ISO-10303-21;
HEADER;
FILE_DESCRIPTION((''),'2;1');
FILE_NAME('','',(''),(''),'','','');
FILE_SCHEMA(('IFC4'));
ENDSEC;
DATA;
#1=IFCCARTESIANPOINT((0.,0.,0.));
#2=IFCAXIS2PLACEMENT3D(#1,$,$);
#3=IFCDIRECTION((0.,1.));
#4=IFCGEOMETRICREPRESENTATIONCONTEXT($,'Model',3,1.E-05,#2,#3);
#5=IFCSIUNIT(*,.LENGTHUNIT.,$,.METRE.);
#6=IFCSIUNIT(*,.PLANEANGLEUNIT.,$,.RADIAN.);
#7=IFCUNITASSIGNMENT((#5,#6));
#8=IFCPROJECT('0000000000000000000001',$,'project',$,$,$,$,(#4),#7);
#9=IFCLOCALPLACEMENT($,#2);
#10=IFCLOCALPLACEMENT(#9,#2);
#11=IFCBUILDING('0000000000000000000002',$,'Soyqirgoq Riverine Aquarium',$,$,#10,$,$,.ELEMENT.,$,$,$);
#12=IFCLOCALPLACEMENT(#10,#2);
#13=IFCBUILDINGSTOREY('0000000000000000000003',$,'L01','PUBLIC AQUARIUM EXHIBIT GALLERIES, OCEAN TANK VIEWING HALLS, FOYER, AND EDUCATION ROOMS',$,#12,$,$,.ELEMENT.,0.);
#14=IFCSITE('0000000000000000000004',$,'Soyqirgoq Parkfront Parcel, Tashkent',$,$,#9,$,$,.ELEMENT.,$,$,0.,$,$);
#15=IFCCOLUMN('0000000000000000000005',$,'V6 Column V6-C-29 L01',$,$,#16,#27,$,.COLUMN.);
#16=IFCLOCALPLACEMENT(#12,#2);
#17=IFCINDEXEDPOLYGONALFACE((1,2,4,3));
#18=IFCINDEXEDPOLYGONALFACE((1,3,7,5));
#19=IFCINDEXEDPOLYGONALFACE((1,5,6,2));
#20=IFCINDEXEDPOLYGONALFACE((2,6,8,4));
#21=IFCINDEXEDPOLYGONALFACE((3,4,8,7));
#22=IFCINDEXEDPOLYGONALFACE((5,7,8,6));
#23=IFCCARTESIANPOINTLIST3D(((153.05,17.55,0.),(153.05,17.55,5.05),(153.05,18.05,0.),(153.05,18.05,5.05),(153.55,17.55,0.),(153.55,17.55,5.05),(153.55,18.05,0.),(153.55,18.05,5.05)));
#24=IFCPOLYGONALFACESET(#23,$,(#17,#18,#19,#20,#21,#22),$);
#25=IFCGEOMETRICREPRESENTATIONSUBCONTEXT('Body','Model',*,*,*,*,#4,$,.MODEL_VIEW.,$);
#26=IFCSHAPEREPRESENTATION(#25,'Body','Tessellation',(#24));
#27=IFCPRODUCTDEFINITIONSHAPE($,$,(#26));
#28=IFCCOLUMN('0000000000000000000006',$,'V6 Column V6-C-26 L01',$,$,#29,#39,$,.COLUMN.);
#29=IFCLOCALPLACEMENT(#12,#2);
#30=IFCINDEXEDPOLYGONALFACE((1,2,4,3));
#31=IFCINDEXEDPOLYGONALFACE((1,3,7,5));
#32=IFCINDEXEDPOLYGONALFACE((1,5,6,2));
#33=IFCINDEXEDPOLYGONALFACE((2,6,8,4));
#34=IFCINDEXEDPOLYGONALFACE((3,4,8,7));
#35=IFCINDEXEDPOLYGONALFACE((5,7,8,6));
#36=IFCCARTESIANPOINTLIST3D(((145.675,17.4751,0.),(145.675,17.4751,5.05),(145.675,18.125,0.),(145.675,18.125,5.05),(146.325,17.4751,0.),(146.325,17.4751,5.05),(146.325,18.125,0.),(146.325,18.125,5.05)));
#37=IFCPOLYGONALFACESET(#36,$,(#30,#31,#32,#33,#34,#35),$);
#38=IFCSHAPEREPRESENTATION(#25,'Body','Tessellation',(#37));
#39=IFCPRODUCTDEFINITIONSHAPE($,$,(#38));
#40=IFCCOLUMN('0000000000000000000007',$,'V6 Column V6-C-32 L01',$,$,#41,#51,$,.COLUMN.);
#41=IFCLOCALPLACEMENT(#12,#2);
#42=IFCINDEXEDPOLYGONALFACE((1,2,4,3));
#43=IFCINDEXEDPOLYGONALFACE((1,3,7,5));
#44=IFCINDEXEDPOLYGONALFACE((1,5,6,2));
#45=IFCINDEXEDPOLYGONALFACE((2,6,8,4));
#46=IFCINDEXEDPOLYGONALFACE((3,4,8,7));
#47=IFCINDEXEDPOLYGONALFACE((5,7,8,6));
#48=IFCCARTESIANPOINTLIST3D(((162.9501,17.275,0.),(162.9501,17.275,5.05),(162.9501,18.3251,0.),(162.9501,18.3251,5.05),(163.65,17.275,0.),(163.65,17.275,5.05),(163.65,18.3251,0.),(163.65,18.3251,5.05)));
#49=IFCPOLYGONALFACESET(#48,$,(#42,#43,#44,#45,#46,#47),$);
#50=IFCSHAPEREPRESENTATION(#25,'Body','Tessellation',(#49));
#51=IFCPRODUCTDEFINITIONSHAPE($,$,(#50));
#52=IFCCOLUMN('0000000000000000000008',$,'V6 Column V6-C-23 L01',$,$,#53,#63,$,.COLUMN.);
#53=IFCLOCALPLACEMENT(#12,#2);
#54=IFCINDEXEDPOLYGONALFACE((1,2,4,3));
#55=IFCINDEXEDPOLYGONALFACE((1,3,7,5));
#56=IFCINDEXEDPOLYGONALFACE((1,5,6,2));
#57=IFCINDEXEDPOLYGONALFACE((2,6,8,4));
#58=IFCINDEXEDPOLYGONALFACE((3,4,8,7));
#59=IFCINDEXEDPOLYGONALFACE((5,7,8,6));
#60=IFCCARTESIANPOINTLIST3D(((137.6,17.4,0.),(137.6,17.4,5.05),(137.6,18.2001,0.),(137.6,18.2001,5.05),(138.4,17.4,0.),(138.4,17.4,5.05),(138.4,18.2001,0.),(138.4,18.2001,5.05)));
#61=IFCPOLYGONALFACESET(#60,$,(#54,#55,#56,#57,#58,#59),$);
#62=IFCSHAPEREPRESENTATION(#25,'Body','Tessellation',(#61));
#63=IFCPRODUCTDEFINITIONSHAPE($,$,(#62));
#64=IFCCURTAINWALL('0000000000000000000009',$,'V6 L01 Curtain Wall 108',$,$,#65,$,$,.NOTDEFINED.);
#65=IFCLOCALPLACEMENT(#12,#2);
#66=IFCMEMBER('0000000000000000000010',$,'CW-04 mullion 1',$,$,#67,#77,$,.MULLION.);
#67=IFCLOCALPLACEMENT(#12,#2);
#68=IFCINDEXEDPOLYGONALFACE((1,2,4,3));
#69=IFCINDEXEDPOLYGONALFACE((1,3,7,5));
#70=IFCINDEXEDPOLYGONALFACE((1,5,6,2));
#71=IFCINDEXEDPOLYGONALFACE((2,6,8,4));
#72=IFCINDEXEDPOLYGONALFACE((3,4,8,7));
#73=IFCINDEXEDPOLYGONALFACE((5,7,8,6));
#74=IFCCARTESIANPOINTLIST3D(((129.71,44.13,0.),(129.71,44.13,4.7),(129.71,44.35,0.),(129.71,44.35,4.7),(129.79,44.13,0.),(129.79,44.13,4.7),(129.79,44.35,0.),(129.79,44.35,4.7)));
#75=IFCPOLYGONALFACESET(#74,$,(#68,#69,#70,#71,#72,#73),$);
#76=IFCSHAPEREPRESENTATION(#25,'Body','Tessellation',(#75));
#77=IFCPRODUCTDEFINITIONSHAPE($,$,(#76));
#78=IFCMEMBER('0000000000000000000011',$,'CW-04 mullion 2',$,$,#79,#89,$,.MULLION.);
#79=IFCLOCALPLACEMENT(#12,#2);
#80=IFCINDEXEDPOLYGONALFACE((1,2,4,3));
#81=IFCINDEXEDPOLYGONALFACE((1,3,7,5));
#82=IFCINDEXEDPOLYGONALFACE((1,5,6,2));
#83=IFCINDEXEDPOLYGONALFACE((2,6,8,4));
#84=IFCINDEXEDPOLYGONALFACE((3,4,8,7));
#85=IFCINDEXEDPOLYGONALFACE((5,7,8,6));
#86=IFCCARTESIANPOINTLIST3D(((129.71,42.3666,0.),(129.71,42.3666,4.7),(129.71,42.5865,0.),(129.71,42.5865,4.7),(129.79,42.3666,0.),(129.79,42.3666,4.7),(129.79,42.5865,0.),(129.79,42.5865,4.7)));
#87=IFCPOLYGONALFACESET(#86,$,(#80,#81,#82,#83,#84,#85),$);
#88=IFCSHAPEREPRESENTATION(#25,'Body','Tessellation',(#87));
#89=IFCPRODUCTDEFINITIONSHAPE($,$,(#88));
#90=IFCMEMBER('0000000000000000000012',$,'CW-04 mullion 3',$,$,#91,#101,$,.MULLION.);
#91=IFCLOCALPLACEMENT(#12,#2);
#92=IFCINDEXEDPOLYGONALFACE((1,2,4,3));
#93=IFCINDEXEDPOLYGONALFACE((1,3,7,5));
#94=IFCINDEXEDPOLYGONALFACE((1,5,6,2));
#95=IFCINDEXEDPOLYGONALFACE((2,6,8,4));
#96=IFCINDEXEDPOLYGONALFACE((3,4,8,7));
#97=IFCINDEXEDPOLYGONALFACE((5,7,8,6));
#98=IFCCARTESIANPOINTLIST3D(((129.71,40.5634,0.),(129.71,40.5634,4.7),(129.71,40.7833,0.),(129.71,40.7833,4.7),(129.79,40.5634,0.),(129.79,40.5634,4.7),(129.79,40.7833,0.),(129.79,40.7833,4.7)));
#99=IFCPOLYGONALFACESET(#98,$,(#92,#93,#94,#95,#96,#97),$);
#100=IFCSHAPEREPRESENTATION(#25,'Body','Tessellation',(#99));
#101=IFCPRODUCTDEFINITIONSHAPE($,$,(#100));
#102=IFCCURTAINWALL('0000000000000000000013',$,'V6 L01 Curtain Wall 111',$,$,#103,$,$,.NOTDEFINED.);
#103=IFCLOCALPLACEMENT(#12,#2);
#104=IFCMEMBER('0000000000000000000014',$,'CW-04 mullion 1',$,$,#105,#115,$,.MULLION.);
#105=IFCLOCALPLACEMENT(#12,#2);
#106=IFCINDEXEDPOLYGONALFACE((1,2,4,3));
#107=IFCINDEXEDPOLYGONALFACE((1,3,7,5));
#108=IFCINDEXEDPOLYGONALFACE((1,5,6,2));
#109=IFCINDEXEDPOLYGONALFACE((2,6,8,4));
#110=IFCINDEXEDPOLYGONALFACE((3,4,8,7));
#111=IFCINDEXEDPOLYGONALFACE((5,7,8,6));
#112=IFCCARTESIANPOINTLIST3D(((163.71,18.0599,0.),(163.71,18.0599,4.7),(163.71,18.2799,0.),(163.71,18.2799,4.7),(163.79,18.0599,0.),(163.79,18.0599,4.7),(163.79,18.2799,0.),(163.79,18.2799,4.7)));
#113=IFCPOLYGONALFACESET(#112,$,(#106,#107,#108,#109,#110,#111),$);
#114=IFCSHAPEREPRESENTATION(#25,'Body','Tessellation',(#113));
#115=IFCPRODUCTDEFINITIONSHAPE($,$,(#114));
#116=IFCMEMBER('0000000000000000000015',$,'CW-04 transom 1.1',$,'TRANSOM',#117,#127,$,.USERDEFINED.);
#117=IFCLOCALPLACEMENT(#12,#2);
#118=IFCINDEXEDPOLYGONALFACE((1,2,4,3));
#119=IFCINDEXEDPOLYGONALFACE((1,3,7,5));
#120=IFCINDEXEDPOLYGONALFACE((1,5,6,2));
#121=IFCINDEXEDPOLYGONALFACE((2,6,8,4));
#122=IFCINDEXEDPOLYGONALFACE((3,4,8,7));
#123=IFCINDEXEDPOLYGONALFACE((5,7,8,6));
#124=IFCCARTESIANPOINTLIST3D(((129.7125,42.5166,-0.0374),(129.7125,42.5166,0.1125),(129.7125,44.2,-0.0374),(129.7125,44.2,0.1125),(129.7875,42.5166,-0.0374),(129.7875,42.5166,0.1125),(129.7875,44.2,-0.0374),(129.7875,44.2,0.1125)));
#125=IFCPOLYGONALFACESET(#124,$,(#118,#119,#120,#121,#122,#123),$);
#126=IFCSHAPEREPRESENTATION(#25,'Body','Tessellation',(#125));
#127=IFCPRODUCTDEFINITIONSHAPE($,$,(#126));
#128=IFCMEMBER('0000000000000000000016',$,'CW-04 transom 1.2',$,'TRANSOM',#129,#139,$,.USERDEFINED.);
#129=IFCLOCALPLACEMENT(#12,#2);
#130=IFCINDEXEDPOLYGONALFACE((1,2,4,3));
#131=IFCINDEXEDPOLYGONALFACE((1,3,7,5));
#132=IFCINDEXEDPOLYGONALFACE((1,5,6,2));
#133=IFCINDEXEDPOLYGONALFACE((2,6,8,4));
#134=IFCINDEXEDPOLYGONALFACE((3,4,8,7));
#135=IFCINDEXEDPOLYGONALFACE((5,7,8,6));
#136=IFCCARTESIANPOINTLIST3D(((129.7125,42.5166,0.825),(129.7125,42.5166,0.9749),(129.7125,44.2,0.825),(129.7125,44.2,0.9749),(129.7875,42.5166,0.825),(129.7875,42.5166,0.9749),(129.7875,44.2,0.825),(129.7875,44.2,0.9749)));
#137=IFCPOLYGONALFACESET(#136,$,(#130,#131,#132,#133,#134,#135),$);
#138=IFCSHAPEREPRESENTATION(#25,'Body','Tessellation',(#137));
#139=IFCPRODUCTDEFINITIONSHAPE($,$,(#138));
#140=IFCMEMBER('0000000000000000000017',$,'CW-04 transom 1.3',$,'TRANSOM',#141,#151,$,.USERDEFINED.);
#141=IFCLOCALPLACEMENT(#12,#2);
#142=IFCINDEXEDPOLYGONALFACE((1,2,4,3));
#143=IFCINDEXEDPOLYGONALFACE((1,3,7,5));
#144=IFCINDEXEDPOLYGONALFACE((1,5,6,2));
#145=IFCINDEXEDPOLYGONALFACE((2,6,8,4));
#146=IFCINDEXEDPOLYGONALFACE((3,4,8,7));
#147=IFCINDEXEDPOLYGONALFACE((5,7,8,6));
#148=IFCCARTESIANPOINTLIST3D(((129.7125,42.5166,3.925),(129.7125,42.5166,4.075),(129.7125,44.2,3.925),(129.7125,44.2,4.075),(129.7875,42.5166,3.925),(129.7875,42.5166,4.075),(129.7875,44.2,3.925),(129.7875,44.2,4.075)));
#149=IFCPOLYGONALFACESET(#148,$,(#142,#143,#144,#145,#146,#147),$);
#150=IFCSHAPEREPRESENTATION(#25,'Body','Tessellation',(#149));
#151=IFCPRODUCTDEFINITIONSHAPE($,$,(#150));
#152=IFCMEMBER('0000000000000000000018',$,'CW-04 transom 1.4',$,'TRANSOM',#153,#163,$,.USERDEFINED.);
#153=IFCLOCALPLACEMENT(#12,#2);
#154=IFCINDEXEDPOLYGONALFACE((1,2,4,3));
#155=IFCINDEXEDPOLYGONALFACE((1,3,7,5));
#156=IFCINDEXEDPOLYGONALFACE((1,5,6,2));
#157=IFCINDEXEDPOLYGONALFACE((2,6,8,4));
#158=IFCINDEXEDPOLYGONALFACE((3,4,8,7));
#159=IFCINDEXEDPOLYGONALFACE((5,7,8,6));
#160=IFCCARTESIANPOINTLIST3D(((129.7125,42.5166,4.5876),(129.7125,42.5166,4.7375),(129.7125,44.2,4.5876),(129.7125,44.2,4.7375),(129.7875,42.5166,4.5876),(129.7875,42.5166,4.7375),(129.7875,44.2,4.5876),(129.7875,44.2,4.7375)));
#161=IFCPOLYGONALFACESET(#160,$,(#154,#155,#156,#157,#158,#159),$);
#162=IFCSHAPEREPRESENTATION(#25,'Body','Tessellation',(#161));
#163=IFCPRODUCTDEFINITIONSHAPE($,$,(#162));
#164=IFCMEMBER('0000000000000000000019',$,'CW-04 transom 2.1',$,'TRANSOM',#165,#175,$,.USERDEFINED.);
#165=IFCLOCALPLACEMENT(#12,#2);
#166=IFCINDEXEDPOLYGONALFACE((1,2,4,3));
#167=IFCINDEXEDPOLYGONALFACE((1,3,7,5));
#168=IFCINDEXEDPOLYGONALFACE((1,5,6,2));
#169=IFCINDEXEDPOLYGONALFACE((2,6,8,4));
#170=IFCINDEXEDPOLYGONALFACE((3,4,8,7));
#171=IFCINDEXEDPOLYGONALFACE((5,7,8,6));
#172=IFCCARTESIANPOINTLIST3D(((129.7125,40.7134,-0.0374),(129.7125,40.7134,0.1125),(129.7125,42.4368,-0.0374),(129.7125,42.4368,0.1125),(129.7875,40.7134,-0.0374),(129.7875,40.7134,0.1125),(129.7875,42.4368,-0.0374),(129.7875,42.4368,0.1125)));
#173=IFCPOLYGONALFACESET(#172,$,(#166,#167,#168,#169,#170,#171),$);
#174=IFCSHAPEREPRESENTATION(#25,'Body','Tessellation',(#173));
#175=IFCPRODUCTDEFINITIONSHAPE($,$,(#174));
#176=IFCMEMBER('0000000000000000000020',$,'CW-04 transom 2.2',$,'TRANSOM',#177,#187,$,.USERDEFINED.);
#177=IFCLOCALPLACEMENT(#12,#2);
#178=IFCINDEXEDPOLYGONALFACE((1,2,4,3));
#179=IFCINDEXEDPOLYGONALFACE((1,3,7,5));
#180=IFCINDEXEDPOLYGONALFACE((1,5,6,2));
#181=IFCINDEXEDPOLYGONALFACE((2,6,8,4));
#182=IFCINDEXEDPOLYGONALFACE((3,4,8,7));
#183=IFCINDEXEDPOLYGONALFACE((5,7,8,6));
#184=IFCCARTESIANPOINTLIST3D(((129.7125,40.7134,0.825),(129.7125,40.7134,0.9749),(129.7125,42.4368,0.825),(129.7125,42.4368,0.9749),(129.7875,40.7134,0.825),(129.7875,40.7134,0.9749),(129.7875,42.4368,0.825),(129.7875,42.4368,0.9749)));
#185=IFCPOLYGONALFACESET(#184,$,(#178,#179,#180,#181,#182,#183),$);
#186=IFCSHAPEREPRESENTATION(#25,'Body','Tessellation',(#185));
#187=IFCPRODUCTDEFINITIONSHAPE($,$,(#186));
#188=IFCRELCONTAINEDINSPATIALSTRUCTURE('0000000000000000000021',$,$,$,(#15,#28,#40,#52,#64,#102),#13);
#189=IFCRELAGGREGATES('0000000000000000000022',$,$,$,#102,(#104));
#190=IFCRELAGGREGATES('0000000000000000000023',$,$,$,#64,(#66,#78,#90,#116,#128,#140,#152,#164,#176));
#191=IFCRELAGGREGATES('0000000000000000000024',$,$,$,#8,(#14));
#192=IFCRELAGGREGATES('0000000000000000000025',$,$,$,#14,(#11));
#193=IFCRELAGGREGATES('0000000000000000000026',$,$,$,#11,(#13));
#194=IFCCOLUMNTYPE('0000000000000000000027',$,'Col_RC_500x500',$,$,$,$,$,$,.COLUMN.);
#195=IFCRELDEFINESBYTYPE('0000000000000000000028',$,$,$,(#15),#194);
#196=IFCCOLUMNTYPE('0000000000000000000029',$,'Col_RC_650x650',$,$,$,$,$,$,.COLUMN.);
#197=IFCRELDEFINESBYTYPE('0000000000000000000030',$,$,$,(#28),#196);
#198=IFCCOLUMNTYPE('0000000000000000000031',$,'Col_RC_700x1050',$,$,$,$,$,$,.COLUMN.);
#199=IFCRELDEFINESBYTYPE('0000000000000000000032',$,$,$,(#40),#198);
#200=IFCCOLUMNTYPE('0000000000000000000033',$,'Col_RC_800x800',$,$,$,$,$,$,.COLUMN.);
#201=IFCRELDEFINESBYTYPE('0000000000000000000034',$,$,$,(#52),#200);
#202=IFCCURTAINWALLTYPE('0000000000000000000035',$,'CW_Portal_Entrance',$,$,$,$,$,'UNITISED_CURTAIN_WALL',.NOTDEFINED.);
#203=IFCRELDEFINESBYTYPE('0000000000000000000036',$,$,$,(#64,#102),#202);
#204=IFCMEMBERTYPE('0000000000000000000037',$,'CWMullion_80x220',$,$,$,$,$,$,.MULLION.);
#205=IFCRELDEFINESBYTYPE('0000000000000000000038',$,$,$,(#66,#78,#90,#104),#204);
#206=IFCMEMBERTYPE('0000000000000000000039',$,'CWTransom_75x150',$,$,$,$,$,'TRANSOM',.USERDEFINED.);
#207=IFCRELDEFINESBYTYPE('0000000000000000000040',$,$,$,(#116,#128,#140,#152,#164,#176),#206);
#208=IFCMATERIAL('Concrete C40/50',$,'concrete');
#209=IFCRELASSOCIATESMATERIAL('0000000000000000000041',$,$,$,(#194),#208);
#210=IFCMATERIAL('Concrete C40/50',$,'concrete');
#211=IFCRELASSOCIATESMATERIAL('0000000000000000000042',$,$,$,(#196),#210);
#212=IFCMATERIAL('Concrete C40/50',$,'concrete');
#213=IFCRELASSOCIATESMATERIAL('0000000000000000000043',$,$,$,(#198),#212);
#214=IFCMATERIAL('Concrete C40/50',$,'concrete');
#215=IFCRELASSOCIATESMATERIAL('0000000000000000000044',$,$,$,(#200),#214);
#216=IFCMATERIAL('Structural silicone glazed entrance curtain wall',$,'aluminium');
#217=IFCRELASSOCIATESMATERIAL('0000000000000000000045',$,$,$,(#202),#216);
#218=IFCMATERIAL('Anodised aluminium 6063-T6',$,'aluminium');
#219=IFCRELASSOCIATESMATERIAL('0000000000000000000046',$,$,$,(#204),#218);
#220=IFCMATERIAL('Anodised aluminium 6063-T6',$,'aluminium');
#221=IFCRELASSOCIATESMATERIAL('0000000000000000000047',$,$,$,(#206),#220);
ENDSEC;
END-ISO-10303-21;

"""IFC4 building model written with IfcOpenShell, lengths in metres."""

from ifc_helpers import new_model, si_unit, direction, frame, origin, origin_2d, place, context, subcontext, project, spatial, rectangle, extrude, material, material_profile, profile_set, type_object, element, aggregate, save


model = new_model("IFC4")

# Units and contexts
model_context = context("Model", 3, precision=1e-05, world=origin(), true_north=direction((0.0, 1.0)))
body_context = subcontext(model_context, "Body", "Model", "MODEL_VIEW")
ifc_project = project(units=[si_unit("LENGTHUNIT", "METRE"), si_unit("PLANEANGLEUNIT", "RADIAN")], contexts=[model_context])

# Site, building, storey
site_placement = place(None, origin())
site = spatial("IfcSite", under=ifc_project, at=site_placement, Name="Soyqirgoq Parkfront Parcel, Tashkent", CompositionType="ELEMENT", RefElevation=0.0)
building_placement = place(site_placement, origin())
building = spatial("IfcBuilding", under=site, at=building_placement, Name="Soyqirgoq Riverine Aquarium", CompositionType="ELEMENT")
storey_placement = place(building_placement, origin())
storey = spatial("IfcBuildingStorey", under=building, at=storey_placement, Name="L01", Description="PUBLIC AQUARIUM EXHIBIT GALLERIES, OCEAN TANK VIEWING HALLS, FOYER, AND EDUCATION ROOMS", CompositionType="ELEMENT", Elevation=0.0)

# Columns
ifc_material_1 = material(Name="Concrete C40/50", Category="concrete")
ifc_material_profile_1 = material_profile(ifc_material_1, rectangle(XDim=0.5, YDim=0.5, at=origin_2d()), Name="RC 500x500")
ifc_profile_set_1 = profile_set([ifc_material_profile_1], Name="Concrete C40/50")
column_type_1 = type_object("IfcColumnType", Name="Col_RC_500x500", PredefinedType="COLUMN", material=ifc_profile_set_1)
column_1_placement = place(storey_placement, frame((153.3, 17.8, 0.0), z_axis=(0.0, 0.0, 1.0), x_axis=(1.0, 0.0, 0.0)))
element("IfcColumn", 1, at=column_1_placement, inside=storey, type_object=column_type_1, Name="V6 Column V6-C-29 L01", PredefinedType="COLUMN", context=body_context, shape_type="SweptSolid", body=[
    extrude(rectangle(XDim=0.5, YDim=0.5, at=origin_2d()), origin(), (0.0, 0.0, 1.0), 5.05),
])
ifc_material_2 = material(Name="Concrete C40/50", Category="concrete")
ifc_material_profile_2 = material_profile(ifc_material_2, rectangle(XDim=0.6499, YDim=0.6499, at=origin_2d()), Name="RC 650x650")
ifc_profile_set_2 = profile_set([ifc_material_profile_2], Name="Concrete C40/50")
column_type_2 = type_object("IfcColumnType", Name="Col_RC_650x650", PredefinedType="COLUMN", material=ifc_profile_set_2)
column_2_placement = place(storey_placement, frame((146.0, 17.8, 0.0), z_axis=(0.0, 0.0, 1.0), x_axis=(1.0, 0.0, 0.0)))
element("IfcColumn", 2, at=column_2_placement, inside=storey, type_object=column_type_2, Name="V6 Column V6-C-26 L01", PredefinedType="COLUMN", context=body_context, shape_type="SweptSolid", body=[
    extrude(rectangle(XDim=0.6499, YDim=0.6499, at=origin_2d()), origin(), (0.0, 0.0, 1.0), 5.05),
])
ifc_material_3 = material(Name="Concrete C40/50", Category="concrete")
ifc_material_profile_3 = material_profile(ifc_material_3, rectangle(XDim=0.7, YDim=1.05, at=origin_2d()), Name="RC-COL 700x1050")
ifc_profile_set_3 = profile_set([ifc_material_profile_3], Name="Concrete C40/50")
column_type_3 = type_object("IfcColumnType", Name="Col_RC_700x1050", PredefinedType="COLUMN", material=ifc_profile_set_3)
column_3_placement = place(storey_placement, frame((163.3, 17.8, 0.0), z_axis=(0.0, 0.0, 1.0), x_axis=(1.0, 0.0, 0.0)))
element("IfcColumn", 3, at=column_3_placement, inside=storey, type_object=column_type_3, Name="V6 Column V6-C-32 L01", PredefinedType="COLUMN", context=body_context, shape_type="SweptSolid", body=[
    extrude(rectangle(XDim=0.7, YDim=1.05, at=origin_2d()), origin(), (0.0, 0.0, 1.0), 5.05),
])
ifc_material_4 = material(Name="Concrete C40/50", Category="concrete")
ifc_material_profile_4 = material_profile(ifc_material_4, rectangle(XDim=0.8, YDim=0.8, at=origin_2d()), Name="RC 800x800")
ifc_profile_set_4 = profile_set([ifc_material_profile_4], Name="Concrete C40/50")
column_type_4 = type_object("IfcColumnType", Name="Col_RC_800x800", PredefinedType="COLUMN", material=ifc_profile_set_4)
column_4_placement = place(storey_placement, frame((138.0, 17.8, 0.0), z_axis=(0.0, 0.0, 1.0), x_axis=(1.0, 0.0, 0.0)))
element("IfcColumn", 4, at=column_4_placement, inside=storey, type_object=column_type_4, Name="V6 Column V6-C-23 L01", PredefinedType="COLUMN", context=body_context, shape_type="SweptSolid", body=[
    extrude(rectangle(XDim=0.8, YDim=0.8, at=origin_2d()), origin(), (0.0, 0.0, 1.0), 5.05),
])

# Curtain wall, members
ifc_material_5 = material(Name="Structural silicone glazed entrance curtain wall", Category="aluminium")
curtain_wall_type = type_object("IfcCurtainWallType", Name="CW_Portal_Entrance", ElementType="UNITISED_CURTAIN_WALL", PredefinedType="NOTDEFINED", material=ifc_material_5)
curtain_wall_1_placement = place(storey_placement, origin())
curtain_wall_1 = element("IfcCurtainWall", 5, at=curtain_wall_1_placement, inside=storey, type_object=curtain_wall_type, Name="V6 L01 Curtain Wall 108", PredefinedType="NOTDEFINED")
ifc_material_6 = material(Name="Anodised aluminium 6063-T6", Category="aluminium")
ifc_material_profile_5 = material_profile(ifc_material_6, rectangle(XDim=0.0801, YDim=0.22, at=origin_2d()), Name="ALU-M 80x220")
ifc_profile_set_5 = profile_set([ifc_material_profile_5], Name="Anodised aluminium 6063-T6")
member_type_1 = type_object("IfcMemberType", Name="CWMullion_80x220", PredefinedType="MULLION", material=ifc_profile_set_5)
member_1_placement = place(storey_placement, frame((129.75, 44.24, 0.0), z_axis=(0.0, 0.0, 1.0), x_axis=(1.0, 0.0, 0.0)))
member_1 = element("IfcMember", 6, at=member_1_placement, type_object=member_type_1, Name="CW-04 mullion 1", PredefinedType="MULLION", context=body_context, shape_type="SweptSolid", body=[
    extrude(rectangle(XDim=0.0801, YDim=0.22, at=origin_2d()), origin(), (0.0, 0.0, 1.0), 4.7),
])
member_2_placement = place(storey_placement, frame((129.75, 42.4766, 0.0), z_axis=(0.0, 0.0, 1.0), x_axis=(1.0, 0.0, 0.0)))
member_2 = element("IfcMember", 7, at=member_2_placement, type_object=member_type_1, Name="CW-04 mullion 2", PredefinedType="MULLION", context=body_context, shape_type="SweptSolid", body=[
    extrude(rectangle(XDim=0.0801, YDim=0.22, at=origin_2d()), origin(), (0.0, 0.0, 1.0), 4.7),
])
member_3_placement = place(storey_placement, frame((129.75, 40.6733, 0.0), z_axis=(0.0, 0.0, 1.0), x_axis=(1.0, 0.0, 0.0)))
member_3 = element("IfcMember", 8, at=member_3_placement, type_object=member_type_1, Name="CW-04 mullion 3", PredefinedType="MULLION", context=body_context, shape_type="SweptSolid", body=[
    extrude(rectangle(XDim=0.0801, YDim=0.22, at=origin_2d()), origin(), (0.0, 0.0, 1.0), 4.7),
])

# Curtain wall, member
curtain_wall_2_placement = place(storey_placement, origin())
curtain_wall_2 = element("IfcCurtainWall", 9, at=curtain_wall_2_placement, inside=storey, type_object=curtain_wall_type, Name="V6 L01 Curtain Wall 111", PredefinedType="NOTDEFINED")
member_4_placement = place(storey_placement, frame((163.75, 18.1699, 0.0), z_axis=(0.0, 0.0, 1.0), x_axis=(1.0, 0.0, 0.0)))
member_4 = element("IfcMember", 10, at=member_4_placement, type_object=member_type_1, Name="CW-04 mullion 1", PredefinedType="MULLION", context=body_context, shape_type="SweptSolid", body=[
    extrude(rectangle(XDim=0.0801, YDim=0.22, at=origin_2d()), origin(), (0.0, 0.0, 1.0), 4.7),
])

# Members
ifc_material_7 = material(Name="Anodised aluminium 6063-T6", Category="aluminium")
ifc_material_profile_6 = material_profile(ifc_material_7, rectangle(XDim=0.075, YDim=0.1499, at=origin_2d()), Name="ALU-T 75x150")
ifc_profile_set_6 = profile_set([ifc_material_profile_6], Name="Anodised aluminium 6063-T6")
member_type_2 = type_object("IfcMemberType", Name="CWTransom_75x150", ElementType="TRANSOM", PredefinedType="USERDEFINED", material=ifc_profile_set_6)
member_5_placement = place(storey_placement, frame((129.75, 44.2, 0.0376), z_axis=(0.0, -1.0, 0.0), x_axis=(1.0, 0.0, 0.0)))
member_5 = element("IfcMember", 11, at=member_5_placement, type_object=member_type_2, Name="CW-04 transom 1.1", ObjectType="TRANSOM", PredefinedType="USERDEFINED", context=body_context, shape_type="SweptSolid", body=[
    extrude(rectangle(XDim=0.075, YDim=0.1499, at=origin_2d()), origin(), (0.0, 0.0, 1.0), 1.6833),
])
member_6_placement = place(storey_placement, frame((129.75, 44.2, 0.8999), z_axis=(0.0, -1.0, 0.0), x_axis=(1.0, 0.0, 0.0)))
member_6 = element("IfcMember", 12, at=member_6_placement, type_object=member_type_2, Name="CW-04 transom 1.2", ObjectType="TRANSOM", PredefinedType="USERDEFINED", context=body_context, shape_type="SweptSolid", body=[
    extrude(rectangle(XDim=0.075, YDim=0.1499, at=origin_2d()), origin(), (0.0, 0.0, 1.0), 1.6833),
])
member_7_placement = place(storey_placement, frame((129.75, 44.2, 4.0), z_axis=(0.0, -1.0, 0.0), x_axis=(1.0, 0.0, 0.0)))
member_7 = element("IfcMember", 13, at=member_7_placement, type_object=member_type_2, Name="CW-04 transom 1.3", ObjectType="TRANSOM", PredefinedType="USERDEFINED", context=body_context, shape_type="SweptSolid", body=[
    extrude(rectangle(XDim=0.075, YDim=0.1499, at=origin_2d()), origin(), (0.0, 0.0, 1.0), 1.6833),
])
member_8_placement = place(storey_placement, frame((129.75, 44.2, 4.6626), z_axis=(0.0, -1.0, 0.0), x_axis=(1.0, 0.0, 0.0)))
member_8 = element("IfcMember", 14, at=member_8_placement, type_object=member_type_2, Name="CW-04 transom 1.4", ObjectType="TRANSOM", PredefinedType="USERDEFINED", context=body_context, shape_type="SweptSolid", body=[
    extrude(rectangle(XDim=0.075, YDim=0.1499, at=origin_2d()), origin(), (0.0, 0.0, 1.0), 1.6833),
])
member_9_placement = place(storey_placement, frame((129.75, 42.4368, 0.0376), z_axis=(0.0, -1.0, 0.0), x_axis=(1.0, 0.0, 0.0)))
member_9 = element("IfcMember", 15, at=member_9_placement, type_object=member_type_2, Name="CW-04 transom 2.1", ObjectType="TRANSOM", PredefinedType="USERDEFINED", context=body_context, shape_type="SweptSolid", body=[
    extrude(rectangle(XDim=0.075, YDim=0.1499, at=origin_2d()), origin(), (0.0, 0.0, 1.0), 1.7234),
])
member_10_placement = place(storey_placement, frame((129.75, 42.4368, 0.8999), z_axis=(0.0, -1.0, 0.0), x_axis=(1.0, 0.0, 0.0)))
member_10 = element("IfcMember", 16, at=member_10_placement, type_object=member_type_2, Name="CW-04 transom 2.2", ObjectType="TRANSOM", PredefinedType="USERDEFINED", context=body_context, shape_type="SweptSolid", body=[
    extrude(rectangle(XDim=0.075, YDim=0.1499, at=origin_2d()), origin(), (0.0, 0.0, 1.0), 1.7234),
])
aggregate(curtain_wall_2, [member_4])

aggregate(curtain_wall_1, [member_1, member_2, member_3, member_5, member_6, member_7, member_8, member_9, member_10])

save(model, "model.ifc")
